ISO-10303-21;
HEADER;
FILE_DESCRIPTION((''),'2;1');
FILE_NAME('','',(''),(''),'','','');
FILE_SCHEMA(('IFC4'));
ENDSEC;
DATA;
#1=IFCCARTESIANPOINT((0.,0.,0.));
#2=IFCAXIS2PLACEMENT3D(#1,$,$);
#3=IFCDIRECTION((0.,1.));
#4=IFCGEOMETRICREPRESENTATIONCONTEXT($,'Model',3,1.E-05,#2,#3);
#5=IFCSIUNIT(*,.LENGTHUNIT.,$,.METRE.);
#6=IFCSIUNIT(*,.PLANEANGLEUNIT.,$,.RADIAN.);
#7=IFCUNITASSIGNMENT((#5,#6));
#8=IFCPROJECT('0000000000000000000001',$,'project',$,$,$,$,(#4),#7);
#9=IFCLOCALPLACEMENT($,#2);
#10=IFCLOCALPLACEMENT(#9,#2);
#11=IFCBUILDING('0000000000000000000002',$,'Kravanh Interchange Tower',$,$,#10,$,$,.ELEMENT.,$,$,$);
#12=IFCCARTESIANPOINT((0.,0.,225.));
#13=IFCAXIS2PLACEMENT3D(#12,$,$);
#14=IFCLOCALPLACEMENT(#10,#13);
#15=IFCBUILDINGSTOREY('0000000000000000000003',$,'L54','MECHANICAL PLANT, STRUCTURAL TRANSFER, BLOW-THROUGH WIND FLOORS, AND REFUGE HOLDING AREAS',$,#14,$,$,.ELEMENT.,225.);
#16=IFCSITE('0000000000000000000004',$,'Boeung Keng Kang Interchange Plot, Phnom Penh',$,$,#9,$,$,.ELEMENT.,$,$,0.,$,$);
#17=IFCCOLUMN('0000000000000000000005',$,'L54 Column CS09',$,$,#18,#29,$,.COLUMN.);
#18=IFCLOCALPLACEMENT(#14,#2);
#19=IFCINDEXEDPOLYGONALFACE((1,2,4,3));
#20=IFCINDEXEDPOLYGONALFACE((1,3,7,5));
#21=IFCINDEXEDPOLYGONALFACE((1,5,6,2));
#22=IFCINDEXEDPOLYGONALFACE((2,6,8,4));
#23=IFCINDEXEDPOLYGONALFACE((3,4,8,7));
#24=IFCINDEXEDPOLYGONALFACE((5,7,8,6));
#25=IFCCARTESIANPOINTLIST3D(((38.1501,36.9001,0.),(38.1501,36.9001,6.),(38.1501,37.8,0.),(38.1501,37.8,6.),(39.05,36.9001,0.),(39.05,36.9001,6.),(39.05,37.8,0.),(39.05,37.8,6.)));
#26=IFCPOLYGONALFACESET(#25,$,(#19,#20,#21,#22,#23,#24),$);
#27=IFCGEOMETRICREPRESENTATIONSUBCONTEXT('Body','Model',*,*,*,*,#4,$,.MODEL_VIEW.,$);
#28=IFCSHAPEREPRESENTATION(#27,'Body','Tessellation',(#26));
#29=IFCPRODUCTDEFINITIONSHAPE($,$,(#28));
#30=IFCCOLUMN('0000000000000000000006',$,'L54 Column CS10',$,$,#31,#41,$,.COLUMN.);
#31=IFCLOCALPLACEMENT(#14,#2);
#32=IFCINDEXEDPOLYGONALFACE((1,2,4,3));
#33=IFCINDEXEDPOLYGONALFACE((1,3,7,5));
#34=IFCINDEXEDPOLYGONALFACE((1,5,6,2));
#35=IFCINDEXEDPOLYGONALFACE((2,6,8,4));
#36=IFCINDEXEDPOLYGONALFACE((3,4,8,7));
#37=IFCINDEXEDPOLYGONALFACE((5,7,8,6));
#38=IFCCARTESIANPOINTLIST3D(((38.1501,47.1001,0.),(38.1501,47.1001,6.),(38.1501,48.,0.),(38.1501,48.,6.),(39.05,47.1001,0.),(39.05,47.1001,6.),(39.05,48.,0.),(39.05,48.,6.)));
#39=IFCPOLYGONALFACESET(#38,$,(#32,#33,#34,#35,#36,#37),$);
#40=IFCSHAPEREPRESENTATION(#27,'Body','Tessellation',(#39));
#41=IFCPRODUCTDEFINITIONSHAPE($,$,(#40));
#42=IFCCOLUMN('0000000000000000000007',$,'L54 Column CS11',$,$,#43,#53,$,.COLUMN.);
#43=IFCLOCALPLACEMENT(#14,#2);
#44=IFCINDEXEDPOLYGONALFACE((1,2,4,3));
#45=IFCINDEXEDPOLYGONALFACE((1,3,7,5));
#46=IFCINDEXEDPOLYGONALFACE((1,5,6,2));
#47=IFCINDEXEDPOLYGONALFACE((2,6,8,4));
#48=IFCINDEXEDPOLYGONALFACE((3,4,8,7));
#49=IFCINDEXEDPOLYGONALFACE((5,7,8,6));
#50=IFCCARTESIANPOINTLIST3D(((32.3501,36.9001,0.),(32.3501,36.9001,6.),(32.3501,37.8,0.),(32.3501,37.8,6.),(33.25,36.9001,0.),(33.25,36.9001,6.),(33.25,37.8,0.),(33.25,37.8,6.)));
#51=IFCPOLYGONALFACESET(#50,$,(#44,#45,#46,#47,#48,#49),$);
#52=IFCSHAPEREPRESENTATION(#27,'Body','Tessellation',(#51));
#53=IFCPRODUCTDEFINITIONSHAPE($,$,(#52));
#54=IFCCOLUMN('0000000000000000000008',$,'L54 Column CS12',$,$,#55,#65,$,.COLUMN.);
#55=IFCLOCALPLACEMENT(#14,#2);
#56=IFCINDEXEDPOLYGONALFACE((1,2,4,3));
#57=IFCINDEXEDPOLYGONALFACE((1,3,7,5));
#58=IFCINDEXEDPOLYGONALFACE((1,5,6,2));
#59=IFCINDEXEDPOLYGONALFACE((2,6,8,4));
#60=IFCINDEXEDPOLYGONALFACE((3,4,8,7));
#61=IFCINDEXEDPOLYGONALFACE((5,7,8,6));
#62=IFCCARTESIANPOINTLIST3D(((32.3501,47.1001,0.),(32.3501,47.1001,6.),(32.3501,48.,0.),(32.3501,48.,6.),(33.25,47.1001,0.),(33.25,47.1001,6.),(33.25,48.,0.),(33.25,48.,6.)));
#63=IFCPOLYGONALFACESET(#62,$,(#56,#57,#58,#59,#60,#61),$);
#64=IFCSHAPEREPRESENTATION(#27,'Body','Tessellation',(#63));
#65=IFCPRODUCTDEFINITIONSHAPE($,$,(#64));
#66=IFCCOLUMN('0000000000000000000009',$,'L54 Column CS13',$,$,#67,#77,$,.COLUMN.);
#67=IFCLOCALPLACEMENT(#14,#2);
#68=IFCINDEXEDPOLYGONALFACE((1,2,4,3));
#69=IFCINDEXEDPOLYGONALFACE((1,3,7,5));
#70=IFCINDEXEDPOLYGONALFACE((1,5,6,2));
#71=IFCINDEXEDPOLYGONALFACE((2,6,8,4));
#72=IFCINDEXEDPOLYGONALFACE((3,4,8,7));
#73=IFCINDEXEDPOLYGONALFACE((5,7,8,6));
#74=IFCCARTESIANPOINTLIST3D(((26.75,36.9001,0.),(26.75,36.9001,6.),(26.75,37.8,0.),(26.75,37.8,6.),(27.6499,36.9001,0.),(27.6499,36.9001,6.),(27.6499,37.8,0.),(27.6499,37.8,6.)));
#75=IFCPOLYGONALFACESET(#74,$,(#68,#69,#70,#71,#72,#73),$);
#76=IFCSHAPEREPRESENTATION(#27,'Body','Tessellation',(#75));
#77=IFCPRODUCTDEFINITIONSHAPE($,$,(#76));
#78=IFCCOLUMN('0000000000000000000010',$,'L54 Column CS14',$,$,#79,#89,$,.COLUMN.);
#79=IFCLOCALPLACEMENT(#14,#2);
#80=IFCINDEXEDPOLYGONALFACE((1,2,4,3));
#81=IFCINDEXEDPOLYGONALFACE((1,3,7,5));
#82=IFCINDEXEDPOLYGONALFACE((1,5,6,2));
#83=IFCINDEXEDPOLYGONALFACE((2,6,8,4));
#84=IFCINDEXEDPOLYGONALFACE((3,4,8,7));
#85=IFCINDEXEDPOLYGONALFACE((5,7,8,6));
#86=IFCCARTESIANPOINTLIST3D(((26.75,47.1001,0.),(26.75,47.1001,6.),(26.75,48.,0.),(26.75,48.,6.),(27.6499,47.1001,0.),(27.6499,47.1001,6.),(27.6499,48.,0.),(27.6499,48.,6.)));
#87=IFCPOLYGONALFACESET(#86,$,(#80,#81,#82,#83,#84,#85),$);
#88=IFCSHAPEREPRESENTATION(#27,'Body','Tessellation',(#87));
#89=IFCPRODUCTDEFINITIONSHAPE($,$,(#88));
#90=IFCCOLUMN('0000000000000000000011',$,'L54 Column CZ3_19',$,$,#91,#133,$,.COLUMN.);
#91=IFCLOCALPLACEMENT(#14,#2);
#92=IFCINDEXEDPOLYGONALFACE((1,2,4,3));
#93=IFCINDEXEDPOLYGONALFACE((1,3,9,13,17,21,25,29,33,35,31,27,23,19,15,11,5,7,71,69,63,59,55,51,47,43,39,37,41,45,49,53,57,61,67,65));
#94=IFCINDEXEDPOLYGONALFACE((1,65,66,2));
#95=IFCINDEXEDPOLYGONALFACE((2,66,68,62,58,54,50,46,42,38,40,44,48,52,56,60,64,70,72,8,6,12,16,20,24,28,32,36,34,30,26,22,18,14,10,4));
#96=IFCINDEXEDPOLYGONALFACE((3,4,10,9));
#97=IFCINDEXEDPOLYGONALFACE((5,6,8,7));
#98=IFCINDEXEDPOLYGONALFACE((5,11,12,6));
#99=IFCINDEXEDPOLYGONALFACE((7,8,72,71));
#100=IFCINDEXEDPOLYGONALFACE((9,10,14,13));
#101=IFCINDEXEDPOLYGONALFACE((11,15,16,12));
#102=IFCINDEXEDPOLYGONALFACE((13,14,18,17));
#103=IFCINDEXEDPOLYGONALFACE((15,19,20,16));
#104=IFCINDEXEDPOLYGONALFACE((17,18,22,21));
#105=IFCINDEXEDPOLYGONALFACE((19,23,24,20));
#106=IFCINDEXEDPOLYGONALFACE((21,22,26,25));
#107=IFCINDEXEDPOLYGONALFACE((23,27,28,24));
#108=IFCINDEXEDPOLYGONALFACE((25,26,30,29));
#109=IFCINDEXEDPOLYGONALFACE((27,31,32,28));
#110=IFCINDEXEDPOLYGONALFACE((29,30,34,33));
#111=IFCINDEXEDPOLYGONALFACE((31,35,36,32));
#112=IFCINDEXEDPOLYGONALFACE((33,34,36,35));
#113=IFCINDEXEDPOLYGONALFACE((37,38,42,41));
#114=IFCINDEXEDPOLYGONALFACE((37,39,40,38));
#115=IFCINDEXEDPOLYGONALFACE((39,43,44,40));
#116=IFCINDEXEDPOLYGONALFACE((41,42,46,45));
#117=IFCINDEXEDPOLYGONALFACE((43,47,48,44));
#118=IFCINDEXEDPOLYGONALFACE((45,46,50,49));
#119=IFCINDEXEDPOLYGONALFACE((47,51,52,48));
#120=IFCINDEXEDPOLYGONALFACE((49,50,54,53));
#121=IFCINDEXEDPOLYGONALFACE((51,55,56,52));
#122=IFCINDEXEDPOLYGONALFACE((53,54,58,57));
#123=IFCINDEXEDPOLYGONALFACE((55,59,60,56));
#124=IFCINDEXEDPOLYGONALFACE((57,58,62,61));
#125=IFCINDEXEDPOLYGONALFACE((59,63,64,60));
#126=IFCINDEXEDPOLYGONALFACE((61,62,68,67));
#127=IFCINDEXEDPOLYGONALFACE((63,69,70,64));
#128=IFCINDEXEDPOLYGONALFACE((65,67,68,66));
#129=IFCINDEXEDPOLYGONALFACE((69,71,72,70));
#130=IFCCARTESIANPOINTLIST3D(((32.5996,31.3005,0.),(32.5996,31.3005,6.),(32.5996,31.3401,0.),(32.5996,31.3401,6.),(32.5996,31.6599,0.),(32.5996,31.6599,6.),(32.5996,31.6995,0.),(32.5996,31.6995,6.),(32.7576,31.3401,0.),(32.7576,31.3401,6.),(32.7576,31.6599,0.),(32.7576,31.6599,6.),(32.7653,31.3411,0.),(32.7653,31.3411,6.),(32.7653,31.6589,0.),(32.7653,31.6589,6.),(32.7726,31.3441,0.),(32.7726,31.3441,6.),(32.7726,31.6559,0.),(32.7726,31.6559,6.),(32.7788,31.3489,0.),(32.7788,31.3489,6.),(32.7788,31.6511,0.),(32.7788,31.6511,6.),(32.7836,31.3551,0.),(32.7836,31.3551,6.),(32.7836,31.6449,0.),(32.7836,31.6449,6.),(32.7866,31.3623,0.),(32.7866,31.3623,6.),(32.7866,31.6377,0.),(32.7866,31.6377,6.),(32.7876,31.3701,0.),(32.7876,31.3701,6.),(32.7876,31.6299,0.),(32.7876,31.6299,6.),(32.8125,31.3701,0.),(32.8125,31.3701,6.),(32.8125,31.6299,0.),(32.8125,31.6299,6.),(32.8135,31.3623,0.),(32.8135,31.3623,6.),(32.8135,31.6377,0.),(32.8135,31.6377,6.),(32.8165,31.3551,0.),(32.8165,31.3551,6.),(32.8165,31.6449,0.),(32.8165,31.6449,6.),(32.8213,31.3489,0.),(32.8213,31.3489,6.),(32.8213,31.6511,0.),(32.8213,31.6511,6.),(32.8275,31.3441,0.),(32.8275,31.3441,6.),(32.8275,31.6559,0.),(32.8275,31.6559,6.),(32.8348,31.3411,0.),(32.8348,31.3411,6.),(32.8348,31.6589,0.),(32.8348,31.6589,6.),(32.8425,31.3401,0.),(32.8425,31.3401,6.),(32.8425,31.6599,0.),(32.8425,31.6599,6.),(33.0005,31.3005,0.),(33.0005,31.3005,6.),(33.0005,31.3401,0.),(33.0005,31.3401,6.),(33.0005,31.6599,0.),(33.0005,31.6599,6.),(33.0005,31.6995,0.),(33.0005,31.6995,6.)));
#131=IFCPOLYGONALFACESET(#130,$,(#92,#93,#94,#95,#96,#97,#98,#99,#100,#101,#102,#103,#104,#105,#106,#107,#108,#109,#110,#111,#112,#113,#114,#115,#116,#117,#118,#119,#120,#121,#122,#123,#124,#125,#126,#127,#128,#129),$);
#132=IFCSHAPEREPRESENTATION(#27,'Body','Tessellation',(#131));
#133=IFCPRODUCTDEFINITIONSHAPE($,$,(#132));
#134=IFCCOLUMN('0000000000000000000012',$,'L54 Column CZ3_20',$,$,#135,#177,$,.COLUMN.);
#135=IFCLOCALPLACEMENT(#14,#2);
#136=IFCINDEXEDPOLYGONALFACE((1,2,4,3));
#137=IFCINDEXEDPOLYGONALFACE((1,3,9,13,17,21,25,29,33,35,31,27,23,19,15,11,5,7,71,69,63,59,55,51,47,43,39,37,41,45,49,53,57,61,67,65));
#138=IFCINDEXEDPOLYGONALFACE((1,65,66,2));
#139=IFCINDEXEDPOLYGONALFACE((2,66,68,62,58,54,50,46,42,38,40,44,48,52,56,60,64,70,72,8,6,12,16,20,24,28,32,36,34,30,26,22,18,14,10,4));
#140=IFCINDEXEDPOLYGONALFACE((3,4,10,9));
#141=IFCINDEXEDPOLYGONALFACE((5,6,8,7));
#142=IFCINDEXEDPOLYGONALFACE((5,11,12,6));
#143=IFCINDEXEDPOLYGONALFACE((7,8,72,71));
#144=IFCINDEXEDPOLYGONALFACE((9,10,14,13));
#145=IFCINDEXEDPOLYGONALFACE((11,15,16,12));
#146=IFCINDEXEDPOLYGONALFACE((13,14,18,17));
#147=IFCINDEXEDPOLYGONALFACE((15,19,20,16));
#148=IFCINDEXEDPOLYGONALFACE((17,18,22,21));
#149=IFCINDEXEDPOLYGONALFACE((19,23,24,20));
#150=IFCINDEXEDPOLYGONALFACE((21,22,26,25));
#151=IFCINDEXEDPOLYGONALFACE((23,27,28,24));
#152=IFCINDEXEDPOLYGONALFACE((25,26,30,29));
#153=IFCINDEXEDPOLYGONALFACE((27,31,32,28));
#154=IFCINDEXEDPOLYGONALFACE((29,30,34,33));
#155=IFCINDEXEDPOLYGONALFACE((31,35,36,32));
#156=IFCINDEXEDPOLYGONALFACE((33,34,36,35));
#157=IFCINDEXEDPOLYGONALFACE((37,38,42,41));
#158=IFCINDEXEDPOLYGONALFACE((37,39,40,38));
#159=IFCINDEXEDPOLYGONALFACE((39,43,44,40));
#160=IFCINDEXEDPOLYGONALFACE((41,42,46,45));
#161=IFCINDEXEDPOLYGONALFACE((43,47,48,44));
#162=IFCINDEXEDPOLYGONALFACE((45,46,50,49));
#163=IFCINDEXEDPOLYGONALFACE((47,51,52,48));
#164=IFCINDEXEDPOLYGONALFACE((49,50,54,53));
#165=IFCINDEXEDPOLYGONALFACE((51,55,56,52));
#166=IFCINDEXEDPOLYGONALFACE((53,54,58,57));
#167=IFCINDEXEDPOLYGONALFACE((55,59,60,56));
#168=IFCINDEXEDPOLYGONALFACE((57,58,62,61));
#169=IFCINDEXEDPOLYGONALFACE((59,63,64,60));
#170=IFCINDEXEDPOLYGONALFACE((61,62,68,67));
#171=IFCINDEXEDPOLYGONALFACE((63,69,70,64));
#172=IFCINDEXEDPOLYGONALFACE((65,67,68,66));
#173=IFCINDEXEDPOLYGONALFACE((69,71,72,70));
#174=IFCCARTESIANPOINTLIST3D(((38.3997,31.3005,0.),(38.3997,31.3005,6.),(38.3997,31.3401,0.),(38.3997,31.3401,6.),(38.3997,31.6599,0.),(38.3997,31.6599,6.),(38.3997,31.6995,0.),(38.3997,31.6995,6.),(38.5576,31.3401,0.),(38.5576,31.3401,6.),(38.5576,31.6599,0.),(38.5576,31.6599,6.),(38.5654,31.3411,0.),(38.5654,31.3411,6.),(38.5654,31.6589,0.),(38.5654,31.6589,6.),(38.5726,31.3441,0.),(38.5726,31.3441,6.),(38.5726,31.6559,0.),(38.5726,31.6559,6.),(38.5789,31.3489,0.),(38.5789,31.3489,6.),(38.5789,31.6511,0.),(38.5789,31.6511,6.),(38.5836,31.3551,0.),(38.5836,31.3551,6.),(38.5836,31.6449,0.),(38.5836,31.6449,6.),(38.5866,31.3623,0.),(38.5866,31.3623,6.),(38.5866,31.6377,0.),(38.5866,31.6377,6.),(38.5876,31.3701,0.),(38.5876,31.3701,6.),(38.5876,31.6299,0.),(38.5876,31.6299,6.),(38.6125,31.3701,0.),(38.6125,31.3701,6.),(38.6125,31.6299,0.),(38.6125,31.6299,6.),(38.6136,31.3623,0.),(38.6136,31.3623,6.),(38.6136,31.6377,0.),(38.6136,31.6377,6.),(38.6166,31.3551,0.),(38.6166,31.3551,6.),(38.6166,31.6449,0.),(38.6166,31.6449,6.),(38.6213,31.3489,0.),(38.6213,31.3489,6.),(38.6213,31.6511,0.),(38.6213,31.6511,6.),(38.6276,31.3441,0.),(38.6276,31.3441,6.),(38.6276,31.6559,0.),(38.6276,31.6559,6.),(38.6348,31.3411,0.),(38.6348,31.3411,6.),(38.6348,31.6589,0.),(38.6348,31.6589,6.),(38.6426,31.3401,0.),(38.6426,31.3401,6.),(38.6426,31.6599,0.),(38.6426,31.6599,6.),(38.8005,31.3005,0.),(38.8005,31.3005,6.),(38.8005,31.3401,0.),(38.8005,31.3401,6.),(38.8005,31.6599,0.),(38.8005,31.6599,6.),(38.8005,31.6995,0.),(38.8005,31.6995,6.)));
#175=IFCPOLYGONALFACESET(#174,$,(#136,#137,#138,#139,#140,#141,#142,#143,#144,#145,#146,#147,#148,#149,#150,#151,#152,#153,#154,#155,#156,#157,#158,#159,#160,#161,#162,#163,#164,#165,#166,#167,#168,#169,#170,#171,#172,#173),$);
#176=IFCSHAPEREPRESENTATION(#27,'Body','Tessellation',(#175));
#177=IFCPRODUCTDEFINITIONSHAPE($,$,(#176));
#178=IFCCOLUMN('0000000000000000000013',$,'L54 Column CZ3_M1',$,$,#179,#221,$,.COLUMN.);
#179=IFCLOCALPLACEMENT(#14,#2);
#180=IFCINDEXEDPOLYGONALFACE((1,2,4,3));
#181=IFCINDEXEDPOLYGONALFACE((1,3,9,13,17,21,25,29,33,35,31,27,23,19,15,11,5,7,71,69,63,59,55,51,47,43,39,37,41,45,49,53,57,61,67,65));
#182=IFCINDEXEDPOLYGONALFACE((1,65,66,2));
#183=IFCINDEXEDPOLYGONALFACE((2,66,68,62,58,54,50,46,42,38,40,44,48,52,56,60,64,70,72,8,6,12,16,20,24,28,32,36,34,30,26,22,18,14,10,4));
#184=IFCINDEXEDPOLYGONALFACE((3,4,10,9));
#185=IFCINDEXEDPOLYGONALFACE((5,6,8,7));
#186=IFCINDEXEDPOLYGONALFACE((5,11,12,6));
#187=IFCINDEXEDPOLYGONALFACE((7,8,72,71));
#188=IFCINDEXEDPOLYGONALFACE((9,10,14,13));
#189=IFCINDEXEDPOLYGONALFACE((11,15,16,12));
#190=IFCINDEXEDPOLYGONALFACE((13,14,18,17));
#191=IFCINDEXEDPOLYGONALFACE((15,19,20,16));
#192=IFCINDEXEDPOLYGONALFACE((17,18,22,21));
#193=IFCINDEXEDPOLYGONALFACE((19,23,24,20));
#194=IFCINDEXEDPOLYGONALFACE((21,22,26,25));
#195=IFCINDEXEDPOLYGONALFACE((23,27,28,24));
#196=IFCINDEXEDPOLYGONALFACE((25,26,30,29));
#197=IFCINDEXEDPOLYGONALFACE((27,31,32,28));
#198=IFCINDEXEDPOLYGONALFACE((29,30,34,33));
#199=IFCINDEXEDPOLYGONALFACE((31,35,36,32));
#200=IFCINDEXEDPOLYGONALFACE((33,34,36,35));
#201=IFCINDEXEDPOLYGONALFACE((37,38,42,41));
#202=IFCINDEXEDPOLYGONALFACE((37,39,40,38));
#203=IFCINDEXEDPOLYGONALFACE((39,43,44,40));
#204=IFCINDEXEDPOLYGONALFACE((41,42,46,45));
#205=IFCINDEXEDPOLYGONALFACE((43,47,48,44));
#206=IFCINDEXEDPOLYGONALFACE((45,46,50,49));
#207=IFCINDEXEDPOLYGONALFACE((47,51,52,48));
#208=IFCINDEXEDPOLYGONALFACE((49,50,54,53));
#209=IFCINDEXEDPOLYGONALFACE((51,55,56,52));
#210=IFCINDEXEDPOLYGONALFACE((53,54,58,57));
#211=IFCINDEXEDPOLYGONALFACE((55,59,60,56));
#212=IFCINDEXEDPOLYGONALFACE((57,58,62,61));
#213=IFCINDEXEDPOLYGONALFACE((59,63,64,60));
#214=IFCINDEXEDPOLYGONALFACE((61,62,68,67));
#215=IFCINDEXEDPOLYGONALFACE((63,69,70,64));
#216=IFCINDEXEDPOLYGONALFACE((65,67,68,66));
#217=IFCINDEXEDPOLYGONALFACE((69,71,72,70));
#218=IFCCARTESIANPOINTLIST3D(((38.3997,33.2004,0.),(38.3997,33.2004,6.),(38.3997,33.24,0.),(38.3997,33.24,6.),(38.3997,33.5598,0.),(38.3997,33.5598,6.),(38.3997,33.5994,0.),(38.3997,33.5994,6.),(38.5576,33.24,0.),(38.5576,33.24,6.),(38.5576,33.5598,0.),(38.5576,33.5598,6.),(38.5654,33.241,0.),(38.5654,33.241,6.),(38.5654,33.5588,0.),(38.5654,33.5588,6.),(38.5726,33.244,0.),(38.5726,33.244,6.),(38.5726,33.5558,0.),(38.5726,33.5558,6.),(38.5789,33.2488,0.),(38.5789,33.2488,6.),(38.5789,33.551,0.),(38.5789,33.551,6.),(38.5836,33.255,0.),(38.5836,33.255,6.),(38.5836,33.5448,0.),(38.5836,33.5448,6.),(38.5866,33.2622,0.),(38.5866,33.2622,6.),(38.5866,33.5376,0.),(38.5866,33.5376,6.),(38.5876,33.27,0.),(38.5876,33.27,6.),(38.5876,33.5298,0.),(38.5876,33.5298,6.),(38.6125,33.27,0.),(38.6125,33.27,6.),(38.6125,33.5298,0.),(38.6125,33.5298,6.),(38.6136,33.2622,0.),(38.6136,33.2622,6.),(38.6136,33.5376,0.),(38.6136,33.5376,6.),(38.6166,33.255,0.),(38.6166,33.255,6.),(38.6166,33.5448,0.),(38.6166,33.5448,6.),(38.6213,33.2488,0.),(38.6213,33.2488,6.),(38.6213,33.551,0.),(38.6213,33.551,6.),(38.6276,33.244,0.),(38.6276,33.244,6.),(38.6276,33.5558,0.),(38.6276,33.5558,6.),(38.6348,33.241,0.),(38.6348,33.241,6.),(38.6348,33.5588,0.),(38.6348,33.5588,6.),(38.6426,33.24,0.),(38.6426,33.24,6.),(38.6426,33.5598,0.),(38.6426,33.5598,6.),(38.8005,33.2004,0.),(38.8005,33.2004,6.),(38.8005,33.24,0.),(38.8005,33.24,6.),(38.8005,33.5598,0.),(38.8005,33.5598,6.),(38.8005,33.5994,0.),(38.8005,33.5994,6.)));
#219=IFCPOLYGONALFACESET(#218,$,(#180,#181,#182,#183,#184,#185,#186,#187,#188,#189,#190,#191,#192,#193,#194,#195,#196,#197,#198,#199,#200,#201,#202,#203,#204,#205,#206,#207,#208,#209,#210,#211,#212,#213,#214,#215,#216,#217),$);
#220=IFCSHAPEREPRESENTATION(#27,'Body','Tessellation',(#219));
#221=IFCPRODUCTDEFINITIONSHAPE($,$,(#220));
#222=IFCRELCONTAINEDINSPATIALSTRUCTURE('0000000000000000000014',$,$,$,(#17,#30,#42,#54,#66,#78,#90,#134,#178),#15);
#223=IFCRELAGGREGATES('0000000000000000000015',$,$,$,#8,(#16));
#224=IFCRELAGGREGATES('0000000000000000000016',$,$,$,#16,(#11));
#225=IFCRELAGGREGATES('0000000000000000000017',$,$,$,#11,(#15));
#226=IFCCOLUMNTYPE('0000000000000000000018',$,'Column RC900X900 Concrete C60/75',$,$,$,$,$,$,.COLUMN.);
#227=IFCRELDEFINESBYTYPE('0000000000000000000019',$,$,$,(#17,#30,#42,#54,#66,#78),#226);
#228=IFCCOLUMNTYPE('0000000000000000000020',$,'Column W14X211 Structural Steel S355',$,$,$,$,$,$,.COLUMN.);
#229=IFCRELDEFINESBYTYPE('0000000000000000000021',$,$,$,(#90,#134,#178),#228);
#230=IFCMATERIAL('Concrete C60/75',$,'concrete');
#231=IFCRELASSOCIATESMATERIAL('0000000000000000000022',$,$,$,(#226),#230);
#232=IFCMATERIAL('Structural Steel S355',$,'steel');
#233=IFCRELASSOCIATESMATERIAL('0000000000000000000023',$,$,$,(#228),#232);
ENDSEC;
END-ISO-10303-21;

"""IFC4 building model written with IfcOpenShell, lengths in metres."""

from ifc_helpers import new_model, si_unit, direction, frame, origin, origin_2d, place, context, subcontext, project, spatial, rectangle, i_section, extrude, material, material_profile, profile_set, type_object, element, save


model = new_model("IFC4")

# Units and contexts
model_context = context("Model", 3, precision=1e-05, world=origin(), true_north=direction((0.0, 1.0)))
body_context = subcontext(model_context, "Body", "Model", "MODEL_VIEW")
ifc_project = project(units=[si_unit("LENGTHUNIT", "METRE"), si_unit("PLANEANGLEUNIT", "RADIAN")], contexts=[model_context])

# Site, building, storey
site_placement = place(None, origin())
site = spatial("IfcSite", under=ifc_project, at=site_placement, Name="Boeung Keng Kang Interchange Plot, Phnom Penh", CompositionType="ELEMENT", RefElevation=0.0)
building_placement = place(site_placement, origin())
building = spatial("IfcBuilding", under=site, at=building_placement, Name="Kravanh Interchange Tower", CompositionType="ELEMENT")
storey_placement = place(building_placement, frame((0.0, 0.0, 225.0)))
storey = spatial("IfcBuildingStorey", under=building, at=storey_placement, Name="L54", Description="MECHANICAL PLANT, STRUCTURAL TRANSFER, BLOW-THROUGH WIND FLOORS, AND REFUGE HOLDING AREAS", CompositionType="ELEMENT", Elevation=225.0)

# Columns
ifc_material_1 = material(Name="Concrete C60/75", Category="concrete")
ifc_material_profile_1 = material_profile(ifc_material_1, rectangle(XDim=0.8999, YDim=0.8999, at=origin_2d()), Name="RC900X900")
ifc_profile_set_1 = profile_set([ifc_material_profile_1], Name="Concrete C60/75")
column_type_1 = type_object("IfcColumnType", Name="Column RC900X900 Concrete C60/75", PredefinedType="COLUMN", material=ifc_profile_set_1)
for number, where, z_axis, x_axis, name in (
    (1, (38.6001, 37.3501, 0.0), (0.0, 0.0, 1.0), (1.0, 0.0, 0.0), "L54 Column CS09"),
    (2, (38.6001, 47.55, 0.0), (0.0, 0.0, 1.0), (1.0, 0.0, 0.0), "L54 Column CS10"),
    (3, (32.8, 37.3501, 0.0), (0.0, 0.0, 1.0), (1.0, 0.0, 0.0), "L54 Column CS11"),
    (4, (32.8, 47.55, 0.0), (0.0, 0.0, 1.0), (1.0, 0.0, 0.0), "L54 Column CS12"),
    (5, (27.2, 37.3501, 0.0), (0.0, 0.0, 1.0), (1.0, 0.0, 0.0), "L54 Column CS13"),
    (6, (27.2, 47.55, 0.0), (0.0, 0.0, 1.0), (1.0, 0.0, 0.0), "L54 Column CS14"),
):
    element("IfcColumn", number, at=place(storey_placement, frame(where, z_axis=z_axis, x_axis=x_axis)), inside=storey, type_object=column_type_1, Name=name, PredefinedType="COLUMN", context=body_context, shape_type="SweptSolid", body=[
        extrude(rectangle(XDim=0.8999, YDim=0.8999, at=origin_2d()), origin(), (0.0, 0.0, 1.0), 6.0),
    ])
ifc_material_2 = material(Name="Structural Steel S355", Category="steel")
ifc_material_profile_2 = material_profile(ifc_material_2, i_section(OverallWidth=0.4009, OverallDepth=0.3989, WebThickness=0.0249, FlangeThickness=0.0396, FilletRadius=0.03, at=origin_2d()), Name="W14X211")
ifc_profile_set_2 = profile_set([ifc_material_profile_2], Name="Structural Steel S355")
column_type_2 = type_object("IfcColumnType", Name="Column W14X211 Structural Steel S355", PredefinedType="COLUMN", material=ifc_profile_set_2)
for number, where, z_axis, x_axis, name in (
    (7, (32.8, 31.5, 0.0), (0.0, 0.0, 1.0), (1.0, 0.0, 0.0), "L54 Column CZ3_19"),
    (8, (38.6001, 31.5, 0.0), (0.0, 0.0, 1.0), (1.0, 0.0, 0.0), "L54 Column CZ3_20"),
    (9, (38.6001, 33.3999, 0.0), (0.0, 0.0, 1.0), (1.0, 0.0, 0.0), "L54 Column CZ3_M1"),
):
    element("IfcColumn", number, at=place(storey_placement, frame(where, z_axis=z_axis, x_axis=x_axis)), inside=storey, type_object=column_type_2, Name=name, PredefinedType="COLUMN", context=body_context, shape_type="SweptSolid", body=[
        extrude(i_section(OverallWidth=0.4009, OverallDepth=0.3989, WebThickness=0.0249, FlangeThickness=0.0396, FilletRadius=0.03, at=origin_2d()), origin(), (0.0, 0.0, 1.0), 6.0),
    ])

save(model, "model.ifc")
